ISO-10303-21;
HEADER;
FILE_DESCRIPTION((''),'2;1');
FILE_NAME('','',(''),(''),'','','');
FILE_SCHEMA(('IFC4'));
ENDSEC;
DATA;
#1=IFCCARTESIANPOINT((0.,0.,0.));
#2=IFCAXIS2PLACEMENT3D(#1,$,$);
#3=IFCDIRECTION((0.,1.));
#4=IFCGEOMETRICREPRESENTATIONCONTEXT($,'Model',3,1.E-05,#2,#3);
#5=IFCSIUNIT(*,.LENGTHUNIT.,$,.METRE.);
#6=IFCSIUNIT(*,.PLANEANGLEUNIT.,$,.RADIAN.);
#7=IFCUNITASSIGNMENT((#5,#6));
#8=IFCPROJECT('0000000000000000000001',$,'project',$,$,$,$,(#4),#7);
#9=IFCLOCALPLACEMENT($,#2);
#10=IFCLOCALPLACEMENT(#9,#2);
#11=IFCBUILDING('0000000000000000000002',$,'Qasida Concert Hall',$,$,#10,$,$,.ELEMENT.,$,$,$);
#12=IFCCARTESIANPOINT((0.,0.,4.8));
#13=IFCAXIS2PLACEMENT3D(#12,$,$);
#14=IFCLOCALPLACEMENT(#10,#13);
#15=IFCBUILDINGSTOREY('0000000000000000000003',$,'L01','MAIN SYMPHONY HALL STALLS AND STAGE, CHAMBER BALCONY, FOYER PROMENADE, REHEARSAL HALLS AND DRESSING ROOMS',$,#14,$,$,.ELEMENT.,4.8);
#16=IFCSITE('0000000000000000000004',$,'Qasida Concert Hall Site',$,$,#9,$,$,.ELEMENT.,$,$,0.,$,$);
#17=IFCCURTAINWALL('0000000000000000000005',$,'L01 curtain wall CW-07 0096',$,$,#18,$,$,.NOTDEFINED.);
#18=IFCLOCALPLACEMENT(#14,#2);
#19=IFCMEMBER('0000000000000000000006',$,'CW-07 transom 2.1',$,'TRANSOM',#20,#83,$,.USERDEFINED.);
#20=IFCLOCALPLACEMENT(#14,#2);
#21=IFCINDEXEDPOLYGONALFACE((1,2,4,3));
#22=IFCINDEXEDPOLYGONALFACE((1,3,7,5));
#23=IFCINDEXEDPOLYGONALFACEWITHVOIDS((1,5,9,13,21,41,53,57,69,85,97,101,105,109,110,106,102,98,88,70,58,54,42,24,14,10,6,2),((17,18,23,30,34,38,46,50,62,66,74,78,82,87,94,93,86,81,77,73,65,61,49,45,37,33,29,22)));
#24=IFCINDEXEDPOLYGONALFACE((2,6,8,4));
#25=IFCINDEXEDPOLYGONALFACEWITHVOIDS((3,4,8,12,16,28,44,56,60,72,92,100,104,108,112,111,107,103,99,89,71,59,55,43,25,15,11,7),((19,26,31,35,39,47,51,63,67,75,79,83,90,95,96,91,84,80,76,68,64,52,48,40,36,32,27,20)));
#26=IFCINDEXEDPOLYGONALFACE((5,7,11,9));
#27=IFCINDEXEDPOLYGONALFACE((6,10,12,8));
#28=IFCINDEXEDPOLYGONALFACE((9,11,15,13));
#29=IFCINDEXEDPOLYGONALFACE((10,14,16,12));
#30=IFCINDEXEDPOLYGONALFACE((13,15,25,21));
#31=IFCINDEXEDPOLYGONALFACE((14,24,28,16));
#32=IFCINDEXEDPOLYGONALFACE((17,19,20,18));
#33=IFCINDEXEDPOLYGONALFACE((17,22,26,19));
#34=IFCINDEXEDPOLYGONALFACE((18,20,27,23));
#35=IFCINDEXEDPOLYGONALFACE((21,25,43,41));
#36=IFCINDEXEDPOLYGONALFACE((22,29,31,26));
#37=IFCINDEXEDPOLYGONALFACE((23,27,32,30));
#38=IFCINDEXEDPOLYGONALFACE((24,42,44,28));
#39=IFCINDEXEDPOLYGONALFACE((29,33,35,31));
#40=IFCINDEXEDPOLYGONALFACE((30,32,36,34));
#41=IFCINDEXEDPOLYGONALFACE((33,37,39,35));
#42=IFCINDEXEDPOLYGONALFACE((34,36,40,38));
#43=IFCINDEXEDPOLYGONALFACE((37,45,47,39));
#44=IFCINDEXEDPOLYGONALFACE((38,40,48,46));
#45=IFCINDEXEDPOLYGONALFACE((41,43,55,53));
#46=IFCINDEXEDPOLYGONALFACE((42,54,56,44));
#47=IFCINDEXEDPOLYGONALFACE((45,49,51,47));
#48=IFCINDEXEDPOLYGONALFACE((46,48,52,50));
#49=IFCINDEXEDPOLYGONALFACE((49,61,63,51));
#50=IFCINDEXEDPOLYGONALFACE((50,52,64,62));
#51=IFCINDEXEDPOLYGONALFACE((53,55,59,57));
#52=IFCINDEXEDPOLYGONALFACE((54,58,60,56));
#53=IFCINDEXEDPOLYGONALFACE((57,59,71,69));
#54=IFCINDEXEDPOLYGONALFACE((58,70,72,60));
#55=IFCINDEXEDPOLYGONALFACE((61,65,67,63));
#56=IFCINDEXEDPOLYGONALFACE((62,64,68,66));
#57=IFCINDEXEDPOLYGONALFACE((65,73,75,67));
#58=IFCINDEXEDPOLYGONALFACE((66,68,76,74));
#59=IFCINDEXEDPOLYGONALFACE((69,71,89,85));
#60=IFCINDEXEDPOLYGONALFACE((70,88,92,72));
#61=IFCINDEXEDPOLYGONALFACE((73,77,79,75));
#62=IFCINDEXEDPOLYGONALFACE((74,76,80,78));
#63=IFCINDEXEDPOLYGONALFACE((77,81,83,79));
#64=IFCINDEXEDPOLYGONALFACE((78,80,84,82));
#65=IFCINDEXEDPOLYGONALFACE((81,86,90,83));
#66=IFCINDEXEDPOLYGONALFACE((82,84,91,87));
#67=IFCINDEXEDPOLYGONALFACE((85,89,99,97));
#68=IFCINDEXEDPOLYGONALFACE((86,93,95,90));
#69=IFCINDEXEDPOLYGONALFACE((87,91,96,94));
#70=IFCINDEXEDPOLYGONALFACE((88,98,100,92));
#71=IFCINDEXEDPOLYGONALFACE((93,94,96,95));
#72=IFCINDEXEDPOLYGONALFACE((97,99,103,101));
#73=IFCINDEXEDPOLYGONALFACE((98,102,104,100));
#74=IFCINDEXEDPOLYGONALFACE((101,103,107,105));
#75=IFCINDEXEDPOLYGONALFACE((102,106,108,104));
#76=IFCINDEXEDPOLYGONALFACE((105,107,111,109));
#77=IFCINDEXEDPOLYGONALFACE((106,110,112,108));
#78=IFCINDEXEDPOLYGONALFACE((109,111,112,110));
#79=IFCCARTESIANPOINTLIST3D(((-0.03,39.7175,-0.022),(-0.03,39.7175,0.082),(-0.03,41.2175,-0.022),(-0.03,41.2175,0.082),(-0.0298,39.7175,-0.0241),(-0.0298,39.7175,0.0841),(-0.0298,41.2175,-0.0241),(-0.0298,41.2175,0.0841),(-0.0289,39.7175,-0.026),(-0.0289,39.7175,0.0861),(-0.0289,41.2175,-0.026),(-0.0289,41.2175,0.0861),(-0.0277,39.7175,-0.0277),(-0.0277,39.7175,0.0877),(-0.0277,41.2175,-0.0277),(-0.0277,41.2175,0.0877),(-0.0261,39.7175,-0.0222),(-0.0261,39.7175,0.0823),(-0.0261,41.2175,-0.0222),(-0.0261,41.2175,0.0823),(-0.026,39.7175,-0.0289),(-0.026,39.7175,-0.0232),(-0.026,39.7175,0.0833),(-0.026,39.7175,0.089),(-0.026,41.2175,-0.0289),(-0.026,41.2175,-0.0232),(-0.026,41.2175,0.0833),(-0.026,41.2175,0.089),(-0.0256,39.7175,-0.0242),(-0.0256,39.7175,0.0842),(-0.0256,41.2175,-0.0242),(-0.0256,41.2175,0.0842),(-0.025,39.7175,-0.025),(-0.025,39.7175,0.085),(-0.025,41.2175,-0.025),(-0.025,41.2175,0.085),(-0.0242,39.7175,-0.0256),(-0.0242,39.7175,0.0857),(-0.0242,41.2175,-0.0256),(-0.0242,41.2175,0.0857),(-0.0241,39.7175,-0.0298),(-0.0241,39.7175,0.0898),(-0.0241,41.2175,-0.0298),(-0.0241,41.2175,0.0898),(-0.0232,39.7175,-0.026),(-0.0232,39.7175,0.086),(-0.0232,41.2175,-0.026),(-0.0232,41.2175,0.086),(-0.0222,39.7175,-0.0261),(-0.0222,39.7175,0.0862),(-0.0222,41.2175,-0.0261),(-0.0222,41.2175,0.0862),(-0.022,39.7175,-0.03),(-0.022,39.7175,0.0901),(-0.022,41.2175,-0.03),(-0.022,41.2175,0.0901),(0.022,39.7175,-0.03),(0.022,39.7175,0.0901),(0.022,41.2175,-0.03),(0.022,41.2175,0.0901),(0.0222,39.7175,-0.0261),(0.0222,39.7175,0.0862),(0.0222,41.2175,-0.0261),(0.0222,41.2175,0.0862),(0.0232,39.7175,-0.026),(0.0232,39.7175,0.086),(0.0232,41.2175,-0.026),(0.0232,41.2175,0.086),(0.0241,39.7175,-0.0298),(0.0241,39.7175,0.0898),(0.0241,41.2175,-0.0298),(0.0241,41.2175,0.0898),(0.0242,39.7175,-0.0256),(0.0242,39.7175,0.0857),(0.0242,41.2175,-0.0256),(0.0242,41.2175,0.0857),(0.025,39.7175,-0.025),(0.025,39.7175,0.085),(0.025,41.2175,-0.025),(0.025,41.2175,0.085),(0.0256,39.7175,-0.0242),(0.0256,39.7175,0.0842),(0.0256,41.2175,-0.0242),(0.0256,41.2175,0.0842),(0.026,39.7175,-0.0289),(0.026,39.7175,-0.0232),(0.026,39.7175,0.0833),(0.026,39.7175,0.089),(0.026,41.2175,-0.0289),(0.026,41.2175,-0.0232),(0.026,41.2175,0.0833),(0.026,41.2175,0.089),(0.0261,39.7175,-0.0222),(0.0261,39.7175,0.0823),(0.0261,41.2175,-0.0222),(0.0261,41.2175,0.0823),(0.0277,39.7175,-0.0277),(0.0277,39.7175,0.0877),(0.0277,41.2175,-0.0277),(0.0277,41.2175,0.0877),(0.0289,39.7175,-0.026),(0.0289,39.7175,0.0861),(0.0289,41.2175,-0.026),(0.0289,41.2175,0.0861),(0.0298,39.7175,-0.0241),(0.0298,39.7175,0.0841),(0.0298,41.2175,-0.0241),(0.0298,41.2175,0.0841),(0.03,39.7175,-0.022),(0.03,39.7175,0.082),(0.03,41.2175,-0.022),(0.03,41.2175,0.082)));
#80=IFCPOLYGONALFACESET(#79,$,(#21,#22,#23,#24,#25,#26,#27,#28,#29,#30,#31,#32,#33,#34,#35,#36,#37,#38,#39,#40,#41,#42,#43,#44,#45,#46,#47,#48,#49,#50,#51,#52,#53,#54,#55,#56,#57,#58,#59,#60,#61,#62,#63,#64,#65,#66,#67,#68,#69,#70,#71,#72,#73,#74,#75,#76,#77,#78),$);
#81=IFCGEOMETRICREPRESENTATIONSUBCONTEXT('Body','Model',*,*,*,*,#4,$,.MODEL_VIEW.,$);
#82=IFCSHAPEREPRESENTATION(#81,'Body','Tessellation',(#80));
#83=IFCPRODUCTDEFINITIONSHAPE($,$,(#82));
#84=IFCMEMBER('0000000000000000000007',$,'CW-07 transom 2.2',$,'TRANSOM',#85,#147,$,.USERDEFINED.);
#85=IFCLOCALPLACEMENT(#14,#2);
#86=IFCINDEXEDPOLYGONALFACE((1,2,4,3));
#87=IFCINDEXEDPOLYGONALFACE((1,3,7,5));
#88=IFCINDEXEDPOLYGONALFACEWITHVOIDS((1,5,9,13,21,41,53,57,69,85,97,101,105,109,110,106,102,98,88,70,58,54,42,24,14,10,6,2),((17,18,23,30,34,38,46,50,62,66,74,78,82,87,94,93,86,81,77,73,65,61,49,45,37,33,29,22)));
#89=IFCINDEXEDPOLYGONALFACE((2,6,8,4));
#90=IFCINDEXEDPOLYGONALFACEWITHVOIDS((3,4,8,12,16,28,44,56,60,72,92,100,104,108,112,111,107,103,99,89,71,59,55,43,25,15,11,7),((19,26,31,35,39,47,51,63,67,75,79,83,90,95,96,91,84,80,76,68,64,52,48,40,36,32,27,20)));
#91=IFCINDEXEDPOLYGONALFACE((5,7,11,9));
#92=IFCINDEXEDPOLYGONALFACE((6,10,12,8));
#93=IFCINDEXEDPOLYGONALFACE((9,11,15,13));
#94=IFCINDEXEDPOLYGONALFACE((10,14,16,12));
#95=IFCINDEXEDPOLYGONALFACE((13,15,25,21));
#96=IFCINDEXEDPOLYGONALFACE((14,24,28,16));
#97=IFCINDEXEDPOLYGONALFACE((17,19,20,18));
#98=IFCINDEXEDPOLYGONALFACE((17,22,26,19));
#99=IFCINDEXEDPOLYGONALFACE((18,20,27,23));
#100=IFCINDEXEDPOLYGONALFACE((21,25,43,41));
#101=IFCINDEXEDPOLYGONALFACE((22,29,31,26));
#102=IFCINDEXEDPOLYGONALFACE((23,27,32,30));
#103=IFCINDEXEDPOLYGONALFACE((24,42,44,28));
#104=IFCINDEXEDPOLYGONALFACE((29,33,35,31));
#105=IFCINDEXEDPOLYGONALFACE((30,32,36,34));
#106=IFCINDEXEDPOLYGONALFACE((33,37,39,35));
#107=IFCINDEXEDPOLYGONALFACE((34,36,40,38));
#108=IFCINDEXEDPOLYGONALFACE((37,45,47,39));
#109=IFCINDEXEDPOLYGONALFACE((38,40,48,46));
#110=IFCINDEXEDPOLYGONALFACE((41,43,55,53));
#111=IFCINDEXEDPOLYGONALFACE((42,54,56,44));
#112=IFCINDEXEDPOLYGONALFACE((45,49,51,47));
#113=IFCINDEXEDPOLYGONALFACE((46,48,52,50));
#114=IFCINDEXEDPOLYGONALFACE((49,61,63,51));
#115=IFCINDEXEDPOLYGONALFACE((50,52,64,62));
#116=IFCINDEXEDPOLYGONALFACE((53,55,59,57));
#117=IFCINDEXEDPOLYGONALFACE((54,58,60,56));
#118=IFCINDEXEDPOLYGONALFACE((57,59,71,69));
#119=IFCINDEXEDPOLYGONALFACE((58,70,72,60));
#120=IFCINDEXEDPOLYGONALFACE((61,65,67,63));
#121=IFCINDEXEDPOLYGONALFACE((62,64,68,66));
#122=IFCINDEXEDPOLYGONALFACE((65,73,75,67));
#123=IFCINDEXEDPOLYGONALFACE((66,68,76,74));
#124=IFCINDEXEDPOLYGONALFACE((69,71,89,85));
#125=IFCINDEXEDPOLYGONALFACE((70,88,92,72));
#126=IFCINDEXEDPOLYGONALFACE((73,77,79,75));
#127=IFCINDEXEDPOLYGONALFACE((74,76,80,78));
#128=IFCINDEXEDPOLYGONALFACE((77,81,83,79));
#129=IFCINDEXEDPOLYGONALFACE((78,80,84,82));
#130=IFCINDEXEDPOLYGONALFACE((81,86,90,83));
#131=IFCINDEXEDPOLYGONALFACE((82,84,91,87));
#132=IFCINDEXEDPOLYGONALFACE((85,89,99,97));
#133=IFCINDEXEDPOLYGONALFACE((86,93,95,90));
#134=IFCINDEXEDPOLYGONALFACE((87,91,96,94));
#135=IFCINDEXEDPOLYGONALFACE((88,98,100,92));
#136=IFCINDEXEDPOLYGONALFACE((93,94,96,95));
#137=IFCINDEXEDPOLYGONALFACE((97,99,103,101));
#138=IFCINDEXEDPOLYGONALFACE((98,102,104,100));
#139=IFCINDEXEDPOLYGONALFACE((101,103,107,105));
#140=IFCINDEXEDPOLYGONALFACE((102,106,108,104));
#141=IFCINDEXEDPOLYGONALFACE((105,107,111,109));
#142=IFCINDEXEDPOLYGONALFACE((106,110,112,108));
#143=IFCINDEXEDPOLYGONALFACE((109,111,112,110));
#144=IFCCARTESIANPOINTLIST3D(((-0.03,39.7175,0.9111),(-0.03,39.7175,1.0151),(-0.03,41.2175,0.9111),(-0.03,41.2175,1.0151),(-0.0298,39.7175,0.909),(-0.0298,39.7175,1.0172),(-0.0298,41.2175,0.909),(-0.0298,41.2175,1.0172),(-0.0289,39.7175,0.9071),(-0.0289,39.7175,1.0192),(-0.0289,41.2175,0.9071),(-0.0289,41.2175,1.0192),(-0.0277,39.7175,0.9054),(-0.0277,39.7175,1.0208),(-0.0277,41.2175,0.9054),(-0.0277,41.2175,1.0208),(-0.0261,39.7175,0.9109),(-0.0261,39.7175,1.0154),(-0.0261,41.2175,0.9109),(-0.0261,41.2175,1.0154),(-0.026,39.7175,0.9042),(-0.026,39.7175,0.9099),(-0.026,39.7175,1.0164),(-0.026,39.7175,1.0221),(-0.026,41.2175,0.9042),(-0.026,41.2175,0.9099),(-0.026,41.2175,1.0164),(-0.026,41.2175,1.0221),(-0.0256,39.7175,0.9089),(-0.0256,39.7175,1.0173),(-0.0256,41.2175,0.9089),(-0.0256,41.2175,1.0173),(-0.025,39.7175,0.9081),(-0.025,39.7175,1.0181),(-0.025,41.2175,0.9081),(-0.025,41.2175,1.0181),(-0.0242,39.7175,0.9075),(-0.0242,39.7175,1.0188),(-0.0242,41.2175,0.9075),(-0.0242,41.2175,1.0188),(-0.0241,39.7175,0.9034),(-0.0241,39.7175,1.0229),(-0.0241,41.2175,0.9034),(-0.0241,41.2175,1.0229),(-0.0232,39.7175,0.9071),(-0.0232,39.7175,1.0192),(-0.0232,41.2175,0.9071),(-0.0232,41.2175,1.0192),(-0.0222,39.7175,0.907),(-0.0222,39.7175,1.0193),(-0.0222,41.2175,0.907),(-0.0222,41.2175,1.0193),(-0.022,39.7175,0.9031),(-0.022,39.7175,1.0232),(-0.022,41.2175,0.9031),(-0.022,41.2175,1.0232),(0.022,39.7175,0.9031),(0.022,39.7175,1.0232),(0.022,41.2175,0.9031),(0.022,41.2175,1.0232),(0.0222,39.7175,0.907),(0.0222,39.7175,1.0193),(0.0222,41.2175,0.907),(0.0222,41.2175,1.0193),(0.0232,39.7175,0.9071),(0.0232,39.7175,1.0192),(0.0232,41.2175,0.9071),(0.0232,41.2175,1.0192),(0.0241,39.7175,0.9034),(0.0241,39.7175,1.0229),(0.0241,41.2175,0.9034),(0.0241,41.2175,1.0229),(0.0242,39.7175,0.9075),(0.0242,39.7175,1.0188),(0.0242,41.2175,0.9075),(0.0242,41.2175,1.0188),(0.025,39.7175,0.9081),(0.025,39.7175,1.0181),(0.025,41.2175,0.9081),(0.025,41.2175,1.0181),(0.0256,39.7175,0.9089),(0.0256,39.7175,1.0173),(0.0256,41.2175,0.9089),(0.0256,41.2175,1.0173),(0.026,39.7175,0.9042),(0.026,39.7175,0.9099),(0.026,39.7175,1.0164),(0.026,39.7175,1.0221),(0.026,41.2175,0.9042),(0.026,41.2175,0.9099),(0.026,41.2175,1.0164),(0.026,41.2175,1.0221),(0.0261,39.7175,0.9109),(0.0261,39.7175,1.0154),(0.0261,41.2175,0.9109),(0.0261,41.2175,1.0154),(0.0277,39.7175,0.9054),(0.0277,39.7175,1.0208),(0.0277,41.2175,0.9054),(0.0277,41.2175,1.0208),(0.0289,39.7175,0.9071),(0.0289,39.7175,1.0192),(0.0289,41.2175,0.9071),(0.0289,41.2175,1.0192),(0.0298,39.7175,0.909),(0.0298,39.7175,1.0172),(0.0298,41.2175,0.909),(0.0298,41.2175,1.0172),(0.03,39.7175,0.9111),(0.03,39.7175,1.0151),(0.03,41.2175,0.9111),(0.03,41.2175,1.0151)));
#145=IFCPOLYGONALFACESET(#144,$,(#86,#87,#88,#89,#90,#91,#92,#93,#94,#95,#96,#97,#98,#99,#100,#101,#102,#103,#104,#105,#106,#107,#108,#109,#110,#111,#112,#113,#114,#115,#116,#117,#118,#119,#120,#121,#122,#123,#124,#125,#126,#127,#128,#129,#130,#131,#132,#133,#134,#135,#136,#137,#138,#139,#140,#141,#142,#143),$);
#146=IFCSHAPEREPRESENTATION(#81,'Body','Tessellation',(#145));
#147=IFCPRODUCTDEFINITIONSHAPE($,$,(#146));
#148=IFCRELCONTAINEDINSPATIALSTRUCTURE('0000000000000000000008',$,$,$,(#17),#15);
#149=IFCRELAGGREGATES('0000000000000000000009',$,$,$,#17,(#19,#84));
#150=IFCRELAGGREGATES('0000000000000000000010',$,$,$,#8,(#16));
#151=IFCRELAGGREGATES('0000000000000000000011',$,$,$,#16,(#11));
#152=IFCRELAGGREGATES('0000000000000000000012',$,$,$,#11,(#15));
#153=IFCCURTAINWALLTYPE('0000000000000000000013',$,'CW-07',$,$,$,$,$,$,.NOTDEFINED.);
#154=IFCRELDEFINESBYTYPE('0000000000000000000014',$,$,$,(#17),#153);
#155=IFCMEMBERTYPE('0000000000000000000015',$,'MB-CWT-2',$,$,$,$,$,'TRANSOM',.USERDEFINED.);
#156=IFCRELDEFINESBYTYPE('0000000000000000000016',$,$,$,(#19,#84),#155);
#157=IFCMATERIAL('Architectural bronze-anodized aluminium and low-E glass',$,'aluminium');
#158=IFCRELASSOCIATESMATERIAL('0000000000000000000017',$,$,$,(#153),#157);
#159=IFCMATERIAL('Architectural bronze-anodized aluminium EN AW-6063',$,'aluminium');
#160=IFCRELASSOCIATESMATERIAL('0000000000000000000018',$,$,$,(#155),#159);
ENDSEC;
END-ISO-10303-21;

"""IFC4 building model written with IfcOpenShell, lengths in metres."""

from ifc_helpers import new_model, si_unit, direction, frame, origin, origin_2d, place, context, subcontext, project, spatial, hollow_rectangle, extrude, material, material_profile, profile_set, type_object, element, aggregate, save


model = new_model("IFC4")

# Units and contexts
model_context = context("Model", 3, precision=1e-05, world=origin(), true_north=direction((0.0, 1.0)))
body_context = subcontext(model_context, "Body", "Model", "MODEL_VIEW")
ifc_project = project(units=[si_unit("LENGTHUNIT", "METRE"), si_unit("PLANEANGLEUNIT", "RADIAN")], contexts=[model_context])

# Site, building, storey
site_placement = place(None, origin())
site = spatial("IfcSite", under=ifc_project, at=site_placement, Name="Qasida Concert Hall Site", CompositionType="ELEMENT", RefElevation=0.0)
building_placement = place(site_placement, origin())
building = spatial("IfcBuilding", under=site, at=building_placement, Name="Qasida Concert Hall", CompositionType="ELEMENT")
storey_placement = place(building_placement, frame((0.0, 0.0, 4.8)))
storey = spatial("IfcBuildingStorey", under=building, at=storey_placement, Name="L01", Description="MAIN SYMPHONY HALL STALLS AND STAGE, CHAMBER BALCONY, FOYER PROMENADE, REHEARSAL HALLS AND DRESSING ROOMS", CompositionType="ELEMENT", Elevation=4.8)

# Curtain wall, members
ifc_material_1 = material(Name="Architectural bronze-anodized aluminium and low-E glass", Category="aluminium")
curtain_wall_type = type_object("IfcCurtainWallType", Name="CW-07", PredefinedType="NOTDEFINED", material=ifc_material_1)
curtain_wall_placement = place(storey_placement, origin())
curtain_wall = element("IfcCurtainWall", 1, at=curtain_wall_placement, inside=storey, type_object=curtain_wall_type, Name="L01 curtain wall CW-07 0096", PredefinedType="NOTDEFINED")
ifc_material_2 = material(Name="Architectural bronze-anodized aluminium EN AW-6063", Category="aluminium")
ifc_material_profile_1 = material_profile(ifc_material_2, hollow_rectangle(XDim=0.0601, YDim=0.1201, WallThickness=0.0039, InnerFilletRadius=0.0039, OuterFilletRadius=0.0081, at=origin_2d()), Name="CWT 120x60x4")
ifc_profile_set_1 = profile_set([ifc_material_profile_1], Name="Architectural bronze-anodized aluminium EN AW-6063")
member_type_1 = type_object("IfcMemberType", Name="MB-CWT-2", ElementType="TRANSOM", PredefinedType="USERDEFINED", material=ifc_profile_set_1)
member_1_placement = place(storey_placement, frame((0.0, 39.7175, 0.03), z_axis=(0.0, 1.0, 0.0), x_axis=(-1.0, 0.0, 0.0)))
member_1 = element("IfcMember", 2, at=member_1_placement, type_object=member_type_1, Name="CW-07 transom 2.1", ObjectType="TRANSOM", PredefinedType="USERDEFINED", context=body_context, shape_type="SweptSolid", body=[
    extrude(hollow_rectangle(XDim=0.0601, YDim=0.1201, WallThickness=0.0039, InnerFilletRadius=0.0039, OuterFilletRadius=0.0081, at=origin_2d()), origin(), (0.0, 0.0, 1.0), 1.5),
])
member_2_placement = place(storey_placement, frame((0.0, 39.7175, 0.9631), z_axis=(0.0, 1.0, 0.0), x_axis=(-1.0, 0.0, 0.0)))
member_2 = element("IfcMember", 3, at=member_2_placement, type_object=member_type_1, Name="CW-07 transom 2.2", ObjectType="TRANSOM", PredefinedType="USERDEFINED", context=body_context, shape_type="SweptSolid", body=[
    extrude(hollow_rectangle(XDim=0.0601, YDim=0.1201, WallThickness=0.0039, InnerFilletRadius=0.0039, OuterFilletRadius=0.0081, at=origin_2d()), origin(), (0.0, 0.0, 1.0), 1.5),
])
aggregate(curtain_wall, [member_1, member_2])

save(model, "model.ifc")
